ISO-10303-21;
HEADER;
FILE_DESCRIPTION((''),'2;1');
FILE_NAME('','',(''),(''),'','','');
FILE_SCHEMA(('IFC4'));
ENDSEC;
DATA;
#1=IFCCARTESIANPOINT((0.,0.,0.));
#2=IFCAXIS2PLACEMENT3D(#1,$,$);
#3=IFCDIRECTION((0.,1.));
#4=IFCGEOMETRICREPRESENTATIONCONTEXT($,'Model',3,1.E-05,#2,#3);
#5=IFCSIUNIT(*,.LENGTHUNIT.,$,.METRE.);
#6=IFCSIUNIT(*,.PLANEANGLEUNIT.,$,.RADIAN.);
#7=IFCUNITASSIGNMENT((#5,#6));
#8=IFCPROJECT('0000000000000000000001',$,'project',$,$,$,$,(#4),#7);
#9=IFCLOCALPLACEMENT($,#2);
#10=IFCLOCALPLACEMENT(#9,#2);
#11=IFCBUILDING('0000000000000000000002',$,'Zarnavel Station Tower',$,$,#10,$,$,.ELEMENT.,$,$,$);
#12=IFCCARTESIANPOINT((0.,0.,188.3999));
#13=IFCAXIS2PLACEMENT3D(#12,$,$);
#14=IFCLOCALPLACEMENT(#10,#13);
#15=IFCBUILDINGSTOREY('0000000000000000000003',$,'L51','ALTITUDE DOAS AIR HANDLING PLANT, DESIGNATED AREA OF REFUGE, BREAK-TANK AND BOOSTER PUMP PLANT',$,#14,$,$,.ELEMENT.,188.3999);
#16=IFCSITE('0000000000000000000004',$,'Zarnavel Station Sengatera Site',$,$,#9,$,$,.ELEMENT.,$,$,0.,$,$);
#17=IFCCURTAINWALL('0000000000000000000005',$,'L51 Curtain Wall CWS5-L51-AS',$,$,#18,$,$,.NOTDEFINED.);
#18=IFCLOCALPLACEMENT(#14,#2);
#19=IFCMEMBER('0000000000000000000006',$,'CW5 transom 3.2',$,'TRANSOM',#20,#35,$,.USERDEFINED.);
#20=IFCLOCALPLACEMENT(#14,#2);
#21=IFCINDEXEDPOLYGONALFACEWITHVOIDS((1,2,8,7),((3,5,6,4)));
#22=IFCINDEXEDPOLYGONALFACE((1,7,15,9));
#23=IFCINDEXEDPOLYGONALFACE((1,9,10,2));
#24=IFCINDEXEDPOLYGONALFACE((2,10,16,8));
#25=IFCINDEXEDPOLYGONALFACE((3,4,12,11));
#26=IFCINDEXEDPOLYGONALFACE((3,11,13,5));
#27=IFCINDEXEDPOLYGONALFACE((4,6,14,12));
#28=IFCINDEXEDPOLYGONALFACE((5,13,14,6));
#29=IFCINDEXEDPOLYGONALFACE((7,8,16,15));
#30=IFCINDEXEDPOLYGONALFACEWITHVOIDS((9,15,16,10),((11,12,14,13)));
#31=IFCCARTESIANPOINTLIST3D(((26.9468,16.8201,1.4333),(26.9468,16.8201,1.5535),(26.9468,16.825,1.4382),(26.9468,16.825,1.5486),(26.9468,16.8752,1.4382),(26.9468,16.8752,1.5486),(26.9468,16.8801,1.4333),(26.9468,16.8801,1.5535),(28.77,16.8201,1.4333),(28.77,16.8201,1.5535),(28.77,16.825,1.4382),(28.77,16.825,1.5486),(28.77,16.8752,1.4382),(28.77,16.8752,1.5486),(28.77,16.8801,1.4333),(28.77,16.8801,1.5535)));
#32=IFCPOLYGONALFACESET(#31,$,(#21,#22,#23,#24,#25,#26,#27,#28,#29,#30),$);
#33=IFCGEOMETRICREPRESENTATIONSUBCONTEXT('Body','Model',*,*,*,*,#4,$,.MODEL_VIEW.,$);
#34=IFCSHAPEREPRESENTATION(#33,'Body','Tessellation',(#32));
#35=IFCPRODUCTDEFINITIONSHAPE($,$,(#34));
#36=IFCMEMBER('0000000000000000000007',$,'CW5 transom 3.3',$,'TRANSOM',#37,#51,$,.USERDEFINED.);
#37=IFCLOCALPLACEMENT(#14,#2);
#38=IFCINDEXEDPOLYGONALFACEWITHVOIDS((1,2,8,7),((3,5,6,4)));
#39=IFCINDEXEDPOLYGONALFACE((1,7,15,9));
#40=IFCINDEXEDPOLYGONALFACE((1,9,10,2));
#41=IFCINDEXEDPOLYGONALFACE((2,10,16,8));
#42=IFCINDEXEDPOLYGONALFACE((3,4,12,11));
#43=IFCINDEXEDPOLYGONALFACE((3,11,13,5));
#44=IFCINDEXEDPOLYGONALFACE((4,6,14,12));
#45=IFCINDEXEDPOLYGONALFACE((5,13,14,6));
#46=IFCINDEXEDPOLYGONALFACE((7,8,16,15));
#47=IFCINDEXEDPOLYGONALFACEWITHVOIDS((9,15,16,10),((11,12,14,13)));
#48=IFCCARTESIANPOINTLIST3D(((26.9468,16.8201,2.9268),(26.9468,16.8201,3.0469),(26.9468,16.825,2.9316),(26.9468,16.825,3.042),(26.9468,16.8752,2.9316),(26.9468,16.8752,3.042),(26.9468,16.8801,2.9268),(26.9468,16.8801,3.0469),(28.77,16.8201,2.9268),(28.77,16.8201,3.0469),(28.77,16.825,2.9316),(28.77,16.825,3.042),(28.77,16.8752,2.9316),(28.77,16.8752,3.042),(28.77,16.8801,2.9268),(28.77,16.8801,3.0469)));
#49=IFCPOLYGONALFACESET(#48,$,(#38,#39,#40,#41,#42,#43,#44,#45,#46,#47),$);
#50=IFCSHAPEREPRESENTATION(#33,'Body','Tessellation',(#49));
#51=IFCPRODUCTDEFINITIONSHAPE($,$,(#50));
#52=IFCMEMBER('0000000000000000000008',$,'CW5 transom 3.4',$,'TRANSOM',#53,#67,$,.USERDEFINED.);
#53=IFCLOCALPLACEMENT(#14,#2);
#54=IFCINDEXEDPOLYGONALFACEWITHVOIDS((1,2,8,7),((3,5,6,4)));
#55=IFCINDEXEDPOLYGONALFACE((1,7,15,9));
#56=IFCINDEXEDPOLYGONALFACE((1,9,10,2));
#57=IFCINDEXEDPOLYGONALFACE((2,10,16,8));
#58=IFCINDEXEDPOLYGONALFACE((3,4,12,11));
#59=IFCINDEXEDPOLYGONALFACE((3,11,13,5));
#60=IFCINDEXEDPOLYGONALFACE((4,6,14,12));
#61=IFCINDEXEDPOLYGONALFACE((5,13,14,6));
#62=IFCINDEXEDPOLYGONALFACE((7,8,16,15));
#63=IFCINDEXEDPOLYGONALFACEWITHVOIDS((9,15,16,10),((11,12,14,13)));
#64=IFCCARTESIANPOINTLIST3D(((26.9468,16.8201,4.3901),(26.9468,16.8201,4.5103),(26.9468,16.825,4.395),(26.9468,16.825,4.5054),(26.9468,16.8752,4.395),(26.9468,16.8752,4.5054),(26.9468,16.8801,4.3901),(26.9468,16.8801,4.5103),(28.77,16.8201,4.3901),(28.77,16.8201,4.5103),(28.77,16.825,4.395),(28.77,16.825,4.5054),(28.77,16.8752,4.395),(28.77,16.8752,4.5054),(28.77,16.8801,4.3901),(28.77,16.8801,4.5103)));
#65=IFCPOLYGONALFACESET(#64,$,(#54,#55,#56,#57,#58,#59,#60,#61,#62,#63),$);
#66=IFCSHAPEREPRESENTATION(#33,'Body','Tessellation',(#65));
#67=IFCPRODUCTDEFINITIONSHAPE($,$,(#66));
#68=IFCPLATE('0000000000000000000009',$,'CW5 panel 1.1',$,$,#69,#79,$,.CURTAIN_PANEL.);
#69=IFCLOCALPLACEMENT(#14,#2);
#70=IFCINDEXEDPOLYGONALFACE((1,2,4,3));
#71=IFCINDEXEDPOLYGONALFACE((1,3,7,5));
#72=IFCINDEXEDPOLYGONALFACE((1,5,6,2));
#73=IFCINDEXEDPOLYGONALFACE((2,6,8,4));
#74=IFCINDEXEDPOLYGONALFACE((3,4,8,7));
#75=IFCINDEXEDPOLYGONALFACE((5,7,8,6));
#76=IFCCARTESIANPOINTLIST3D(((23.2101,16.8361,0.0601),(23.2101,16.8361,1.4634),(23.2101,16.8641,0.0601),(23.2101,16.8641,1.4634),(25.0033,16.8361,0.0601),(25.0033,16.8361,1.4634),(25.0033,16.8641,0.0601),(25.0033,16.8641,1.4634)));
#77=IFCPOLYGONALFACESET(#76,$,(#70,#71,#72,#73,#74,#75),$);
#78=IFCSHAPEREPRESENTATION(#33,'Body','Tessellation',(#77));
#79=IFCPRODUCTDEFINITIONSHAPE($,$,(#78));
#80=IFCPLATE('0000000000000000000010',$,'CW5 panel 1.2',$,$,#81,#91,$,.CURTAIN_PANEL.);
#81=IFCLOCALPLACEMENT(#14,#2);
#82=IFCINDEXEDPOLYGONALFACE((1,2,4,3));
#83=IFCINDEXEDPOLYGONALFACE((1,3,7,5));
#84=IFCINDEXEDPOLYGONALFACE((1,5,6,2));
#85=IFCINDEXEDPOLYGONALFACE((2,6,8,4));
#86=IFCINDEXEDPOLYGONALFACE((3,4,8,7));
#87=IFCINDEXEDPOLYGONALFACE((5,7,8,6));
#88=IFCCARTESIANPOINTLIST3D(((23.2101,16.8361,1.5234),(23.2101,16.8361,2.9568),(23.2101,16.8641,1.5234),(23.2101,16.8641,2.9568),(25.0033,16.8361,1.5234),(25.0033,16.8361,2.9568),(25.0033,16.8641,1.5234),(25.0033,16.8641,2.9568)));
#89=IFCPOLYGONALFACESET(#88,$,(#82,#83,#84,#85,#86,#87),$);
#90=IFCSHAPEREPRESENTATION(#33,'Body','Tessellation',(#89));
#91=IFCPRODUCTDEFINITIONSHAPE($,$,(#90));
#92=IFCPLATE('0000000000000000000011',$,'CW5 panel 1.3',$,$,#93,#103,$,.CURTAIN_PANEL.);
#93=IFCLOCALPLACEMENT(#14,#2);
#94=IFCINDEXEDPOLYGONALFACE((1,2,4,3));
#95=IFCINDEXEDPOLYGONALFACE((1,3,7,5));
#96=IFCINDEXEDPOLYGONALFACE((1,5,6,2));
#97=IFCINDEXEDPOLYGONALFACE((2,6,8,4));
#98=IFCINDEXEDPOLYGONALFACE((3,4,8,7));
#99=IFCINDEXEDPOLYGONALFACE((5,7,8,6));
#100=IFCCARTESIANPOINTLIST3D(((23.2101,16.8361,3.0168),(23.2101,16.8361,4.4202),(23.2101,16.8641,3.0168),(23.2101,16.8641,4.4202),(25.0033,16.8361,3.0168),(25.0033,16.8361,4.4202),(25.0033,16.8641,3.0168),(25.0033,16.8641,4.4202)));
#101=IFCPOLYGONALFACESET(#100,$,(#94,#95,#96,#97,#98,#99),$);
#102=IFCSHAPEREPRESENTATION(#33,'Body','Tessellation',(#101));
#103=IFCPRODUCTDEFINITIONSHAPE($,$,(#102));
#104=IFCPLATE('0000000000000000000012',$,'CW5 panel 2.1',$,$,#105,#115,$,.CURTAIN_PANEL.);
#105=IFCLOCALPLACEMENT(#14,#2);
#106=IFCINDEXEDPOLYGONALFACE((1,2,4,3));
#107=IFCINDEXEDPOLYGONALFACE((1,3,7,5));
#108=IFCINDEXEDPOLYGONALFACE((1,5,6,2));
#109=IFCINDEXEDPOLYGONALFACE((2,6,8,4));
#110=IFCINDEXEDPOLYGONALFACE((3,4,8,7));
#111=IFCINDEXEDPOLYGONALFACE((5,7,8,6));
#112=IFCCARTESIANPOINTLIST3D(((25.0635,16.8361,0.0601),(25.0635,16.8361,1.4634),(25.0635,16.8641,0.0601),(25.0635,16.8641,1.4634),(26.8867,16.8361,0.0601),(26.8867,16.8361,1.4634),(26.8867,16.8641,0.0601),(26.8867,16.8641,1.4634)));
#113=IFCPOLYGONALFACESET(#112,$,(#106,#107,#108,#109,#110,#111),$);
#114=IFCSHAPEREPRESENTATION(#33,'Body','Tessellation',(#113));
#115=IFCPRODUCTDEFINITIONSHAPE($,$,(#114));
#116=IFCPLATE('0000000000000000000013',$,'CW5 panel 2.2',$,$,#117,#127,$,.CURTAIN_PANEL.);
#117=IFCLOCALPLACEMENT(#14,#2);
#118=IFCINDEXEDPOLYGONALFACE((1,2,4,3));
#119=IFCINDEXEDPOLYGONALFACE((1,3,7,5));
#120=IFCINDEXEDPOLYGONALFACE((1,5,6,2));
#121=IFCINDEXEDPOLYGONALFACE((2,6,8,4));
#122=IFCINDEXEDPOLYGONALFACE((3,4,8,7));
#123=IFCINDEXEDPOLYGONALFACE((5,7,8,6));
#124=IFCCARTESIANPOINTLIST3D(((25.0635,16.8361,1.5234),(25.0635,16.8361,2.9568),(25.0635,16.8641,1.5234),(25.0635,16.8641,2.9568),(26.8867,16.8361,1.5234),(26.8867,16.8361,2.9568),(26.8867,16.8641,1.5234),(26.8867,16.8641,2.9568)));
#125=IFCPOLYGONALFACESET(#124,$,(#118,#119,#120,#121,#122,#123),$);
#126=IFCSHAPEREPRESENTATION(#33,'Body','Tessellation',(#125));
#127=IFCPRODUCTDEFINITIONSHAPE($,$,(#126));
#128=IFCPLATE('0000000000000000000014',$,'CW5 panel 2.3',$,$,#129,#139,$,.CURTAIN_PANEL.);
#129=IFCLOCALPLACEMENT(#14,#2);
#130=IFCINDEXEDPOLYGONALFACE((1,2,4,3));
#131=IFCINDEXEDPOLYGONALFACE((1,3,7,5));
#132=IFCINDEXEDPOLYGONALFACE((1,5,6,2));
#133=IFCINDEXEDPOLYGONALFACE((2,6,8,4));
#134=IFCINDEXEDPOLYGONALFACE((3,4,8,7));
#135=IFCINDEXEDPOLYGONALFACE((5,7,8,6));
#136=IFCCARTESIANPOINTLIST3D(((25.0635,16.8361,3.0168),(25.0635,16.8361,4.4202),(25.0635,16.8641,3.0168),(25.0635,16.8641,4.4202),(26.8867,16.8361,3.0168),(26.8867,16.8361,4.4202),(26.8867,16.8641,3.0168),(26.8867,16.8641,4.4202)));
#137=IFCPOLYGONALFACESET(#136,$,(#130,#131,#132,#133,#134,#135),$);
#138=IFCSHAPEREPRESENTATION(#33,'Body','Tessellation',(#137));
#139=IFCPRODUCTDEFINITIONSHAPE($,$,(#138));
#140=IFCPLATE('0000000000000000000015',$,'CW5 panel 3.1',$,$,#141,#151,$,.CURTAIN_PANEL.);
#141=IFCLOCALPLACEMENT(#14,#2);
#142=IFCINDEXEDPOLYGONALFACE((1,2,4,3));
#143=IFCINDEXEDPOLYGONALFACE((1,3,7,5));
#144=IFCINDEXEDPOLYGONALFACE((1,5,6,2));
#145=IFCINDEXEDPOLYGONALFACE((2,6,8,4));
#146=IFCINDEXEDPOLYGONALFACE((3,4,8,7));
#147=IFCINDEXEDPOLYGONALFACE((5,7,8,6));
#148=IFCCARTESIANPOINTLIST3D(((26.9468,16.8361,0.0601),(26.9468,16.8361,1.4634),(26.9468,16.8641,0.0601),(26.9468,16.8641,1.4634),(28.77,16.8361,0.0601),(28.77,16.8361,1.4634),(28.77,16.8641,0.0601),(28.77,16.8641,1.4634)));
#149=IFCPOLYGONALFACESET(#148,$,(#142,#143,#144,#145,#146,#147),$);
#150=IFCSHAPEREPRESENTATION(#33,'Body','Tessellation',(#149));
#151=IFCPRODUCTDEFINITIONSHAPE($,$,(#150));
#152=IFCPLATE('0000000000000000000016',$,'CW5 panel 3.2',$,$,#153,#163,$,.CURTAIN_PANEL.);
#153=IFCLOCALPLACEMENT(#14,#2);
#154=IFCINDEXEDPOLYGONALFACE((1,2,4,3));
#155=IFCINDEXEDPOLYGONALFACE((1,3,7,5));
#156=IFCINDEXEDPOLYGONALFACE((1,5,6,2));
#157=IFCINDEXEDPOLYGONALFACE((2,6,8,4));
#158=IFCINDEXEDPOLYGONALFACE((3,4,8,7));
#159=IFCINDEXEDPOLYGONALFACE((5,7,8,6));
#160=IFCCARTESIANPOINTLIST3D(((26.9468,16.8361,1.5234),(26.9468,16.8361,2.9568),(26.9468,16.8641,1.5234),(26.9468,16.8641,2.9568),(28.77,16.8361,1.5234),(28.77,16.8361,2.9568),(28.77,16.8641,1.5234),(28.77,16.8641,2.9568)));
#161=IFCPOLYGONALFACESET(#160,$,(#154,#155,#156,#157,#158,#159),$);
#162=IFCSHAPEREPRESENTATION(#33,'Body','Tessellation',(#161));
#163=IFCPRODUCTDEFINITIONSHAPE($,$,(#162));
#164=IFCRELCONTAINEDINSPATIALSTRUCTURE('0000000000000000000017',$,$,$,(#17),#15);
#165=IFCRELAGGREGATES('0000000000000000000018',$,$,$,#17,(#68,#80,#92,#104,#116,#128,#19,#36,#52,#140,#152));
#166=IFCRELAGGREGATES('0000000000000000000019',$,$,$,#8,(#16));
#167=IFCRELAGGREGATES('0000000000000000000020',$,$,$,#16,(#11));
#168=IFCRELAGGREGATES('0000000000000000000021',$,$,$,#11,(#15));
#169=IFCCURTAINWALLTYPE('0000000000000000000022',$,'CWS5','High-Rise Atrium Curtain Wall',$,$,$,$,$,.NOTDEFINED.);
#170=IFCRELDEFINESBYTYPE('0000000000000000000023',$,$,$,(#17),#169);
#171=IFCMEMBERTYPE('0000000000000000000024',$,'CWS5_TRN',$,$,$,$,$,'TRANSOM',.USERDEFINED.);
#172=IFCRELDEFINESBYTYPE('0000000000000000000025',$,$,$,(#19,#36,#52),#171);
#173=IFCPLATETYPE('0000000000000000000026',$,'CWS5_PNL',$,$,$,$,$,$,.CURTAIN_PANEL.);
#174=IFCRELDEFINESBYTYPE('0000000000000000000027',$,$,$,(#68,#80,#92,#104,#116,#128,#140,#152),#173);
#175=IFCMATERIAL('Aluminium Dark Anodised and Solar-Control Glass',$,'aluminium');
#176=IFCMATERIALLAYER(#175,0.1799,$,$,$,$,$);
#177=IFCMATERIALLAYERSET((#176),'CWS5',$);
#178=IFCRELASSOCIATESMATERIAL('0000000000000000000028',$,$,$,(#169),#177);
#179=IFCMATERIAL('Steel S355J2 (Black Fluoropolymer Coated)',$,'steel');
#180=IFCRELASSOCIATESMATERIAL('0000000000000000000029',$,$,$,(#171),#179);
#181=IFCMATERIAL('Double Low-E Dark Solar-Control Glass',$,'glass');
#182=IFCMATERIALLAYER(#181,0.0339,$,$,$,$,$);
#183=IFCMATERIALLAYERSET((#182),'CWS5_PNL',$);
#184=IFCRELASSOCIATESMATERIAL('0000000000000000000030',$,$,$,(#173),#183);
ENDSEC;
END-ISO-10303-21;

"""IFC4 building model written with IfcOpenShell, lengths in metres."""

from ifc_helpers import new_model, si_unit, direction, frame, origin, origin_2d, place, context, subcontext, project, spatial, rectangle, hollow_rectangle, extrude, material, layer, layer_set, material_profile, profile_set, type_object, element, aggregate, save


model = new_model("IFC4")

# Units and contexts
model_context = context("Model", 3, precision=1e-05, world=origin(), true_north=direction((0.0, 1.0)))
body_context = subcontext(model_context, "Body", "Model", "MODEL_VIEW")
ifc_project = project(units=[si_unit("LENGTHUNIT", "METRE"), si_unit("PLANEANGLEUNIT", "RADIAN")], contexts=[model_context])

# Site, building, storey
site_placement = place(None, origin())
site = spatial("IfcSite", under=ifc_project, at=site_placement, Name="Zarnavel Station Sengatera Site", CompositionType="ELEMENT", RefElevation=0.0)
building_placement = place(site_placement, origin())
building = spatial("IfcBuilding", under=site, at=building_placement, Name="Zarnavel Station Tower", CompositionType="ELEMENT")
storey_placement = place(building_placement, frame((0.0, 0.0, 188.3999)))
storey = spatial("IfcBuildingStorey", under=building, at=storey_placement, Name="L51", Description="ALTITUDE DOAS AIR HANDLING PLANT, DESIGNATED AREA OF REFUGE, BREAK-TANK AND BOOSTER PUMP PLANT", CompositionType="ELEMENT", Elevation=188.3999)

# Curtain wall, members, plates
ifc_material_1 = material(Name="Aluminium Dark Anodised and Solar-Control Glass", Category="aluminium")
ifc_layer_1 = layer(ifc_material_1, 0.1799)
ifc_layer_set_1 = layer_set([ifc_layer_1], Name="CWS5")
curtain_wall_type = type_object("IfcCurtainWallType", Name="CWS5", Description="High-Rise Atrium Curtain Wall", PredefinedType="NOTDEFINED", material=ifc_layer_set_1)
curtain_wall_placement = place(storey_placement, origin())
curtain_wall = element("IfcCurtainWall", 1, at=curtain_wall_placement, inside=storey, type_object=curtain_wall_type, Name="L51 Curtain Wall CWS5-L51-AS", PredefinedType="NOTDEFINED")
ifc_material_2 = material(Name="Steel S355J2 (Black Fluoropolymer Coated)", Category="steel")
ifc_material_profile_1 = material_profile(ifc_material_2, hollow_rectangle(XDim=0.0601, YDim=0.1201, WallThickness=0.0049, at=origin_2d()), Name="RHS120x60x5")
ifc_profile_set_1 = profile_set([ifc_material_profile_1], Name="Steel S355J2 (Black Fluoropolymer Coated)")
member_type_1 = type_object("IfcMemberType", Name="CWS5_TRN", ElementType="TRANSOM", PredefinedType="USERDEFINED", material=ifc_profile_set_1)
member_1_placement = place(storey_placement, frame((26.9468, 16.8501, 1.4934), z_axis=(1.0, 0.0, 0.0), x_axis=(0.0, 1.0, 0.0)))
member_1 = element("IfcMember", 2, at=member_1_placement, type_object=member_type_1, Name="CW5 transom 3.2", ObjectType="TRANSOM", PredefinedType="USERDEFINED", context=body_context, shape_type="SweptSolid", body=[
    extrude(hollow_rectangle(XDim=0.0601, YDim=0.1201, WallThickness=0.0049, at=origin_2d()), origin(), (0.0, 0.0, 1.0), 1.8232),
])
member_2_placement = place(storey_placement, frame((26.9468, 16.8501, 2.9868), z_axis=(1.0, 0.0, 0.0), x_axis=(0.0, 1.0, 0.0)))
member_2 = element("IfcMember", 3, at=member_2_placement, type_object=member_type_1, Name="CW5 transom 3.3", ObjectType="TRANSOM", PredefinedType="USERDEFINED", context=body_context, shape_type="SweptSolid", body=[
    extrude(hollow_rectangle(XDim=0.0601, YDim=0.1201, WallThickness=0.0049, at=origin_2d()), origin(), (0.0, 0.0, 1.0), 1.8232),
])
member_3_placement = place(storey_placement, frame((26.9468, 16.8501, 4.4502), z_axis=(1.0, 0.0, 0.0), x_axis=(0.0, 1.0, 0.0)))
member_3 = element("IfcMember", 4, at=member_3_placement, type_object=member_type_1, Name="CW5 transom 3.4", ObjectType="TRANSOM", PredefinedType="USERDEFINED", context=body_context, shape_type="SweptSolid", body=[
    extrude(hollow_rectangle(XDim=0.0601, YDim=0.1201, WallThickness=0.0049, at=origin_2d()), origin(), (0.0, 0.0, 1.0), 1.8232),
])
ifc_material_3 = material(Name="Double Low-E Dark Solar-Control Glass", Category="glass")
ifc_layer_2 = layer(ifc_material_3, 0.0339)
ifc_layer_set_2 = layer_set([ifc_layer_2], Name="CWS5_PNL")
plate_type = type_object("IfcPlateType", Name="CWS5_PNL", PredefinedType="CURTAIN_PANEL", material=ifc_layer_set_2)
plate_1_placement = place(storey_placement, frame((24.1067, 16.8501, 0.0601), z_axis=(0.0, 0.0, 1.0), x_axis=(1.0, 0.0, 0.0)))
plate_1 = element("IfcPlate", 5, at=plate_1_placement, type_object=plate_type, Name="CW5 panel 1.1", PredefinedType="CURTAIN_PANEL", context=body_context, shape_type="SweptSolid", body=[
    extrude(rectangle(XDim=1.7932, YDim=0.0281, at=origin_2d()), origin(), (0.0, 0.0, 1.0), 1.4033),
])
plate_2_placement = place(storey_placement, frame((24.1067, 16.8501, 1.5234), z_axis=(0.0, 0.0, 1.0), x_axis=(1.0, 0.0, 0.0)))
plate_2 = element("IfcPlate", 6, at=plate_2_placement, type_object=plate_type, Name="CW5 panel 1.2", PredefinedType="CURTAIN_PANEL", context=body_context, shape_type="SweptSolid", body=[
    extrude(rectangle(XDim=1.7932, YDim=0.0281, at=origin_2d()), origin(), (0.0, 0.0, 1.0), 1.4333),
])
plate_3_placement = place(storey_placement, frame((24.1067, 16.8501, 3.0168), z_axis=(0.0, 0.0, 1.0), x_axis=(1.0, 0.0, 0.0)))
plate_3 = element("IfcPlate", 7, at=plate_3_placement, type_object=plate_type, Name="CW5 panel 1.3", PredefinedType="CURTAIN_PANEL", context=body_context, shape_type="SweptSolid", body=[
    extrude(rectangle(XDim=1.7932, YDim=0.0281, at=origin_2d()), origin(), (0.0, 0.0, 1.0), 1.4033),
])
plate_4_placement = place(storey_placement, frame((25.9751, 16.8501, 0.0601), z_axis=(0.0, 0.0, 1.0), x_axis=(1.0, 0.0, 0.0)))
plate_4 = element("IfcPlate", 8, at=plate_4_placement, type_object=plate_type, Name="CW5 panel 2.1", PredefinedType="CURTAIN_PANEL", context=body_context, shape_type="SweptSolid", body=[
    extrude(rectangle(XDim=1.8232, YDim=0.0281, at=origin_2d()), origin(), (0.0, 0.0, 1.0), 1.4033),
])
plate_5_placement = place(storey_placement, frame((25.9751, 16.8501, 1.5234), z_axis=(0.0, 0.0, 1.0), x_axis=(1.0, 0.0, 0.0)))
plate_5 = element("IfcPlate", 9, at=plate_5_placement, type_object=plate_type, Name="CW5 panel 2.2", PredefinedType="CURTAIN_PANEL", context=body_context, shape_type="SweptSolid", body=[
    extrude(rectangle(XDim=1.8232, YDim=0.0281, at=origin_2d()), origin(), (0.0, 0.0, 1.0), 1.4333),
])
plate_6_placement = place(storey_placement, frame((25.9751, 16.8501, 3.0168), z_axis=(0.0, 0.0, 1.0), x_axis=(1.0, 0.0, 0.0)))
plate_6 = element("IfcPlate", 10, at=plate_6_placement, type_object=plate_type, Name="CW5 panel 2.3", PredefinedType="CURTAIN_PANEL", context=body_context, shape_type="SweptSolid", body=[
    extrude(rectangle(XDim=1.8232, YDim=0.0281, at=origin_2d()), origin(), (0.0, 0.0, 1.0), 1.4033),
])
plate_7_placement = place(storey_placement, frame((27.8584, 16.8501, 0.0601), z_axis=(0.0, 0.0, 1.0), x_axis=(1.0, 0.0, 0.0)))
plate_7 = element("IfcPlate", 11, at=plate_7_placement, type_object=plate_type, Name="CW5 panel 3.1", PredefinedType="CURTAIN_PANEL", context=body_context, shape_type="SweptSolid", body=[
    extrude(rectangle(XDim=1.8232, YDim=0.0281, at=origin_2d()), origin(), (0.0, 0.0, 1.0), 1.4033),
])
plate_8_placement = place(storey_placement, frame((27.8584, 16.8501, 1.5234), z_axis=(0.0, 0.0, 1.0), x_axis=(1.0, 0.0, 0.0)))
plate_8 = element("IfcPlate", 12, at=plate_8_placement, type_object=plate_type, Name="CW5 panel 3.2", PredefinedType="CURTAIN_PANEL", context=body_context, shape_type="SweptSolid", body=[
    extrude(rectangle(XDim=1.8232, YDim=0.0281, at=origin_2d()), origin(), (0.0, 0.0, 1.0), 1.4333),
])
aggregate(curtain_wall, [plate_1, plate_2, plate_3, plate_4, plate_5, plate_6, member_1, member_2, member_3, plate_7, plate_8])

save(model, "model.ifc")
